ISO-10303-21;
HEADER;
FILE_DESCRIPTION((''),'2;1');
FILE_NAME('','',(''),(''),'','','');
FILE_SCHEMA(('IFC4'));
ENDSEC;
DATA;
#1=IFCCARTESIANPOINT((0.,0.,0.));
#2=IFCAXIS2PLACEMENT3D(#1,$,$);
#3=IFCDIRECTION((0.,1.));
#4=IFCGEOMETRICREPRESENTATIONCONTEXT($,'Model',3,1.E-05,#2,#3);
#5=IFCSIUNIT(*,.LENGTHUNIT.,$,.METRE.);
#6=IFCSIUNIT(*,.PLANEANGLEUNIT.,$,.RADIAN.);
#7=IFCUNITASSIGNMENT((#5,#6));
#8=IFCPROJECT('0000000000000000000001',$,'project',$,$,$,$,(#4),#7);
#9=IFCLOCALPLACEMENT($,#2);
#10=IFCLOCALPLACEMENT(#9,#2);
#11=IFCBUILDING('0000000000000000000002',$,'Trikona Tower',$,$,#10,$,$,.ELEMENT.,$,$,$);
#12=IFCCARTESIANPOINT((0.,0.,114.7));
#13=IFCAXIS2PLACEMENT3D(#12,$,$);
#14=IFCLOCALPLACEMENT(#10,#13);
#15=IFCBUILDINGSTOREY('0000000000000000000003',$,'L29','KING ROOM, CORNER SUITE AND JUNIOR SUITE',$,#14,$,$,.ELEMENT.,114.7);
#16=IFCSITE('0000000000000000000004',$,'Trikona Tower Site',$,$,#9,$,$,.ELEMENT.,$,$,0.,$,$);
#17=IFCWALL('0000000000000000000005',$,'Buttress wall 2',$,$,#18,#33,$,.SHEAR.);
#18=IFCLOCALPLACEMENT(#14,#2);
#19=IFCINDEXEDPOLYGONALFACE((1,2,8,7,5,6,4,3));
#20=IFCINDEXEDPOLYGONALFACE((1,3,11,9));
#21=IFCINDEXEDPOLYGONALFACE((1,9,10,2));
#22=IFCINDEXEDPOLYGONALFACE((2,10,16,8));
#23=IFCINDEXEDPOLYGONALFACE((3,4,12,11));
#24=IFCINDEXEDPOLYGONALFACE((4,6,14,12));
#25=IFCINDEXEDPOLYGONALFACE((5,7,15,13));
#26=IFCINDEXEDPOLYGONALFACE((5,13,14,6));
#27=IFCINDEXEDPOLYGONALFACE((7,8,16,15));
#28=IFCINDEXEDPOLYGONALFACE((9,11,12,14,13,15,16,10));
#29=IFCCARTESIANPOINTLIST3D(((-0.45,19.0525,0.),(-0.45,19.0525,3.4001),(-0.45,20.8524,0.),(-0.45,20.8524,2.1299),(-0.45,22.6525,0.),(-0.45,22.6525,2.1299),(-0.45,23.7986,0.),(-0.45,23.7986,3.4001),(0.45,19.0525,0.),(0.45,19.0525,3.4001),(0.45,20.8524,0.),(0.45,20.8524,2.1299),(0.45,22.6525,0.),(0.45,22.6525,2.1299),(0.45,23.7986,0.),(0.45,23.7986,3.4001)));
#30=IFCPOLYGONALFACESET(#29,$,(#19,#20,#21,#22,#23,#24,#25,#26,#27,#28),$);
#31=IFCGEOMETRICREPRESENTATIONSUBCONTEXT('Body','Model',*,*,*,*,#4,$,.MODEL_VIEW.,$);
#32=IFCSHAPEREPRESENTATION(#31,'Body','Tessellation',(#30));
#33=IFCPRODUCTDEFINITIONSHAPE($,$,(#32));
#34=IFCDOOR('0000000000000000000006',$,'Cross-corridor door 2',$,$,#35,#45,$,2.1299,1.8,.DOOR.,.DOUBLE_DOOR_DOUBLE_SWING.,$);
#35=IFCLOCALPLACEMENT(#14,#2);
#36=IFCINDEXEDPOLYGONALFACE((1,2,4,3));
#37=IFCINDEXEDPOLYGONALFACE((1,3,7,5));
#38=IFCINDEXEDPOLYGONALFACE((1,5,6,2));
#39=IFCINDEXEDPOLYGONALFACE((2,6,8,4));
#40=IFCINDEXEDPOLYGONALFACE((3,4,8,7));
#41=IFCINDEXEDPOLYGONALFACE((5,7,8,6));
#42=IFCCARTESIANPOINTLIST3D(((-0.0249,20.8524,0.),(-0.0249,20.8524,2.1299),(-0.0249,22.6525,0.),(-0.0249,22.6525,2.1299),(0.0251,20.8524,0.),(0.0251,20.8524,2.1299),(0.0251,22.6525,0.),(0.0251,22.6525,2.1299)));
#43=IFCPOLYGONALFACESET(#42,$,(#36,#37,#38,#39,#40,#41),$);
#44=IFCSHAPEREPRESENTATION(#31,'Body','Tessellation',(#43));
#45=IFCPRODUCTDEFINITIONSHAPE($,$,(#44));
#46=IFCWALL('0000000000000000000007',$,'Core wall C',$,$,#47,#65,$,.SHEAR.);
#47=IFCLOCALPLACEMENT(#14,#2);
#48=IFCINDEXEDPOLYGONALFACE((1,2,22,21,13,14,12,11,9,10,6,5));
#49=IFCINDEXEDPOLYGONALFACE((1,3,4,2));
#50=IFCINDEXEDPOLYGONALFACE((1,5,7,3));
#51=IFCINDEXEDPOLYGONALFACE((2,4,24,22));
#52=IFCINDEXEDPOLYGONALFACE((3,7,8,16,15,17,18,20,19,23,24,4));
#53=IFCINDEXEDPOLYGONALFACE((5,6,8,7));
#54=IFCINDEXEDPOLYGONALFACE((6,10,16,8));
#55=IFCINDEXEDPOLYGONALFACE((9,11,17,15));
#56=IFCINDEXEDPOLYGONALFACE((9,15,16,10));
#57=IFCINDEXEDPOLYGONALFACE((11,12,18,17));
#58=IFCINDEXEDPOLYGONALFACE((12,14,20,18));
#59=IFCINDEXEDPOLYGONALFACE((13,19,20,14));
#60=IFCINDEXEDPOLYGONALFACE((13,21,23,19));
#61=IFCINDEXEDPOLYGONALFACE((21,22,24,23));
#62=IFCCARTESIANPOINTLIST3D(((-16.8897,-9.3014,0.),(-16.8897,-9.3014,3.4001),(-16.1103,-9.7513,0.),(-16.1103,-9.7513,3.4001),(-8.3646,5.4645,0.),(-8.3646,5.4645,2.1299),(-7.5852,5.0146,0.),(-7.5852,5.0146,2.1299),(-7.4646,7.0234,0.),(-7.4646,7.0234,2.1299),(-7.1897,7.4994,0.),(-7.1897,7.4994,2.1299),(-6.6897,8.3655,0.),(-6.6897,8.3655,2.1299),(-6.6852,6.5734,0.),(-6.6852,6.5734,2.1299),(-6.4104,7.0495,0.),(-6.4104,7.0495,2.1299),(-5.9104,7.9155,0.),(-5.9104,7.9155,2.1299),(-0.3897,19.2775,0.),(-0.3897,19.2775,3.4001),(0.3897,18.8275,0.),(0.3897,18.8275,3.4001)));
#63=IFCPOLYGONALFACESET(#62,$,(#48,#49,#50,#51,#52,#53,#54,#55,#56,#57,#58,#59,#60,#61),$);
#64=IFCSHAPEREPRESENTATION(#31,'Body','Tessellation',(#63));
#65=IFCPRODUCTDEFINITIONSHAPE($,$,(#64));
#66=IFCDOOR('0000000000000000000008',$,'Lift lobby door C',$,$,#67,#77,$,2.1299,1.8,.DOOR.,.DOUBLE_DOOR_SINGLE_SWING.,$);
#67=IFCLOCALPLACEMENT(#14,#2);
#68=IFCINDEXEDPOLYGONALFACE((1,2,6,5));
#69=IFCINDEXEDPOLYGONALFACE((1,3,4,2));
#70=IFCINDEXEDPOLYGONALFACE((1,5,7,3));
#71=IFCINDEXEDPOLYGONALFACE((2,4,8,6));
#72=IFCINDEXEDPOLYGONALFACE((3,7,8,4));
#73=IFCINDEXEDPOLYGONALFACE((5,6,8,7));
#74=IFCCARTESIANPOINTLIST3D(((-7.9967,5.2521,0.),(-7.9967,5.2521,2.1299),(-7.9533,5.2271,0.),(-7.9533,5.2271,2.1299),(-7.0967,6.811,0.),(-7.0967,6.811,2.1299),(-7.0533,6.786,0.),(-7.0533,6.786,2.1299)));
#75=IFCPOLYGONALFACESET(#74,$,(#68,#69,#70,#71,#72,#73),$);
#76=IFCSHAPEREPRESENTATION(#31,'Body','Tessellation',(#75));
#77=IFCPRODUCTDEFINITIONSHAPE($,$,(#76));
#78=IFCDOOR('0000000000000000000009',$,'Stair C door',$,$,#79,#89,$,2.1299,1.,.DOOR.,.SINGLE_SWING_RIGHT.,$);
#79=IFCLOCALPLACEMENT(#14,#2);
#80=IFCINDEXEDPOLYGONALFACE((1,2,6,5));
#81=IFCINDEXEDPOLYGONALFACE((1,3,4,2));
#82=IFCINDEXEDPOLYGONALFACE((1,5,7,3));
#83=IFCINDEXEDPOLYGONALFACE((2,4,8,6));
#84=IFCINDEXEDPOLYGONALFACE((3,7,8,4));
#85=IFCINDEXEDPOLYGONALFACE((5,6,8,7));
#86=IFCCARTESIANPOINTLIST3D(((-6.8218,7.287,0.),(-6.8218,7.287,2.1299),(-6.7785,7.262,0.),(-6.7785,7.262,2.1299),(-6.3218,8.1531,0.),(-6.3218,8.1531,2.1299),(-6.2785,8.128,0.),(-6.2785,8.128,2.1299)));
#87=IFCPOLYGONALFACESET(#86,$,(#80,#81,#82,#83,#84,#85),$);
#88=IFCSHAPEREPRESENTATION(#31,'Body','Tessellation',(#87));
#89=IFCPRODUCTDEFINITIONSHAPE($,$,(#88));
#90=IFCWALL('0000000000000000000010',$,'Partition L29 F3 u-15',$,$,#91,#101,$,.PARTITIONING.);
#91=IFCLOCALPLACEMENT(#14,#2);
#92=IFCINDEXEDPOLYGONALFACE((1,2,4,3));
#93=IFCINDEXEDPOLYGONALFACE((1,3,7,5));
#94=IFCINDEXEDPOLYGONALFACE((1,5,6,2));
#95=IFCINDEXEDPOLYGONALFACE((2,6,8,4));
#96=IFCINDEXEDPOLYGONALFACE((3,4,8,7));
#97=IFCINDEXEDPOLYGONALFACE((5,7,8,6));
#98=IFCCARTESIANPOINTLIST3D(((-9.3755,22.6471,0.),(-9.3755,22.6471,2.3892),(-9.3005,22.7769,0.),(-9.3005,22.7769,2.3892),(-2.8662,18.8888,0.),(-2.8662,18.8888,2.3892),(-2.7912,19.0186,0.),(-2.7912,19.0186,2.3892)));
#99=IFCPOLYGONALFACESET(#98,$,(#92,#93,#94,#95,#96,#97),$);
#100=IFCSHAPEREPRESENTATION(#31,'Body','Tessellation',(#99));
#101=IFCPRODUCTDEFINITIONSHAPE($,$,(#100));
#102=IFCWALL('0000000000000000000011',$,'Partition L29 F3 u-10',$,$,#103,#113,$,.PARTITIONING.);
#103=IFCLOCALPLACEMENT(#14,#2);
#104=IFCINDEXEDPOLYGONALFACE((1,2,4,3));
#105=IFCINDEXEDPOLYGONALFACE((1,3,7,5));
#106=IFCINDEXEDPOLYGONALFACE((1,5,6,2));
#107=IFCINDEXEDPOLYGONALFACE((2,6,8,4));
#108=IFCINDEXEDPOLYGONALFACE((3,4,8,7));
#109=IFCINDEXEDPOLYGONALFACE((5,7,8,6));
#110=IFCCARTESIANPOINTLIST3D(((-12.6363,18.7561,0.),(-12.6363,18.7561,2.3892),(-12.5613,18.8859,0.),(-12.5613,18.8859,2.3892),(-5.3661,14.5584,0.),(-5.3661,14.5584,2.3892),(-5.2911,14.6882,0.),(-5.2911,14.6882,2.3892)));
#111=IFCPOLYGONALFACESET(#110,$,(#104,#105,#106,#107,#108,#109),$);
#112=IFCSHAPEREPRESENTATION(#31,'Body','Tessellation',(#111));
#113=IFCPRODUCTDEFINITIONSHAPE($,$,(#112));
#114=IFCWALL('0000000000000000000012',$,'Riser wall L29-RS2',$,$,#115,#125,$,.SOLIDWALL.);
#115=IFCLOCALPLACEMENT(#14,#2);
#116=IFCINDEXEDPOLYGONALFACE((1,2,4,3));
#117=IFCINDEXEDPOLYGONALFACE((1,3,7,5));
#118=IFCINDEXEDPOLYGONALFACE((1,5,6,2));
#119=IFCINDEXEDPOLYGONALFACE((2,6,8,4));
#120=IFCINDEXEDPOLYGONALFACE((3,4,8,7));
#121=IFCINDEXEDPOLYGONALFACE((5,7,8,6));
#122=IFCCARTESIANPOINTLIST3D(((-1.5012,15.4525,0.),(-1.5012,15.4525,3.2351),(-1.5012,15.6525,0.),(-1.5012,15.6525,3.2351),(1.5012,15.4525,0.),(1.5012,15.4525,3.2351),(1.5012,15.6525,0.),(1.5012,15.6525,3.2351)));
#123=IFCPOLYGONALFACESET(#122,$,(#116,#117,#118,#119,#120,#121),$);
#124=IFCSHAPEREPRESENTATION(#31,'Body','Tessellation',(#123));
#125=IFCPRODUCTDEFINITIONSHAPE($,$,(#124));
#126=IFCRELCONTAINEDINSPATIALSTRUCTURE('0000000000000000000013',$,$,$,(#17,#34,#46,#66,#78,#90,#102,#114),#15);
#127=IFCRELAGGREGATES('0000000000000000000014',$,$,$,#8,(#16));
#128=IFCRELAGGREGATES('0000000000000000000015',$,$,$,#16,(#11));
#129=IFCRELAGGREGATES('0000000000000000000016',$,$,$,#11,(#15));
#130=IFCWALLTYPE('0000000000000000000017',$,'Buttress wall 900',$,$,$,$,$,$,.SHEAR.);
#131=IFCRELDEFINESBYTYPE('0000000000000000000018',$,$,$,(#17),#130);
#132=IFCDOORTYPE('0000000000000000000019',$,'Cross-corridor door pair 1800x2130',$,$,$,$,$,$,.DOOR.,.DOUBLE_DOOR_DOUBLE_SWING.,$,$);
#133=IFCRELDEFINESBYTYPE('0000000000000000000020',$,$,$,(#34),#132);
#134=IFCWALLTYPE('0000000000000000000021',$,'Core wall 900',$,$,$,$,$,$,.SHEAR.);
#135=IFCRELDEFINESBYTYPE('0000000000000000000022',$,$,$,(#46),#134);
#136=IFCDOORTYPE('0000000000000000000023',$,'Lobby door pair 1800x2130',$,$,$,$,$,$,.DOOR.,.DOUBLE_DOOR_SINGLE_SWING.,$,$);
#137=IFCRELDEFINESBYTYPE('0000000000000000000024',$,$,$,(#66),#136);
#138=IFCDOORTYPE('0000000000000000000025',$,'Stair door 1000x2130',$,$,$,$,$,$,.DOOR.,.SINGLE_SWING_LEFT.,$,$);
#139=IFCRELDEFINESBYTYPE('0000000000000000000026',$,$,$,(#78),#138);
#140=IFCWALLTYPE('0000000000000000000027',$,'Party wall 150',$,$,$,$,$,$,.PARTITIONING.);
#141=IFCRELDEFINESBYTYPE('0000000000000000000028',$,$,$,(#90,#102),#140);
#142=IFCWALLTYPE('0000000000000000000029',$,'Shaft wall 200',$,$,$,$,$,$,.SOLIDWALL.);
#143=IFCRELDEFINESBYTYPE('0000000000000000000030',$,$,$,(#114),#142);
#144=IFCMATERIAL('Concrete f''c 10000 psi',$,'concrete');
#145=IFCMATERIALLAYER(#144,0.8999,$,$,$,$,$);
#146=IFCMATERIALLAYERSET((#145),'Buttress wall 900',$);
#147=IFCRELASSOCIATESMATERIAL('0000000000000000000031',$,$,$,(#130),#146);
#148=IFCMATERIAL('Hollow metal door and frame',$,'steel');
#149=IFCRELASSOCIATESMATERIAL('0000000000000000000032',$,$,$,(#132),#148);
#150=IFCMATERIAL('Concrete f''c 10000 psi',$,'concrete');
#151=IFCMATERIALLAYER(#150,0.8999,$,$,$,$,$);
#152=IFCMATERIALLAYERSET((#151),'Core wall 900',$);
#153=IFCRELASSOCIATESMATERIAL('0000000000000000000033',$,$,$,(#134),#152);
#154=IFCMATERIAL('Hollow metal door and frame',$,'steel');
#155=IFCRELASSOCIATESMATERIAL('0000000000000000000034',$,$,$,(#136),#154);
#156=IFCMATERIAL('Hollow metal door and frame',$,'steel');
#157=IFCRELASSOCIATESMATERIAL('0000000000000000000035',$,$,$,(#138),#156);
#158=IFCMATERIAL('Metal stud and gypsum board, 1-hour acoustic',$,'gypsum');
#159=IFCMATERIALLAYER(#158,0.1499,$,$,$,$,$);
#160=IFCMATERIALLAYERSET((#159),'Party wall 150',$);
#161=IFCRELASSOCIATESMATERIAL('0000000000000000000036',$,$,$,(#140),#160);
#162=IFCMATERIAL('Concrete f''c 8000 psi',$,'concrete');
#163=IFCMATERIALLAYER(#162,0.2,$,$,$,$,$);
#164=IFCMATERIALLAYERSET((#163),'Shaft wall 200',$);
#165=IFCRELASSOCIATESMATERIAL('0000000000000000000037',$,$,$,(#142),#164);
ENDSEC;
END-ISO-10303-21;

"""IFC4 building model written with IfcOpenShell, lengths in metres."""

from ifc_helpers import new_model, si_unit, direction, frame, frame_2d, origin, place, context, subcontext, project, spatial, rectangle, extrude, material, layer, layer_set, type_object, element, fill, save


model = new_model("IFC4")

# Units and contexts
model_context = context("Model", 3, precision=1e-05, world=origin(), true_north=direction((0.0, 1.0)))
body_context = subcontext(model_context, "Body", "Model", "MODEL_VIEW")
ifc_project = project(units=[si_unit("LENGTHUNIT", "METRE"), si_unit("PLANEANGLEUNIT", "RADIAN")], contexts=[model_context])

# Site, building, storey
site_placement = place(None, origin())
site = spatial("IfcSite", under=ifc_project, at=site_placement, Name="Trikona Tower Site", CompositionType="ELEMENT", RefElevation=0.0)
building_placement = place(site_placement, origin())
building = spatial("IfcBuilding", under=site, at=building_placement, Name="Trikona Tower", CompositionType="ELEMENT")
storey_placement = place(building_placement, frame((0.0, 0.0, 114.7)))
storey = spatial("IfcBuildingStorey", under=building, at=storey_placement, Name="L29", Description="KING ROOM, CORNER SUITE AND JUNIOR SUITE", CompositionType="ELEMENT", Elevation=114.7)

# Wall, opening, door
ifc_material_1 = material(Name="Concrete f'c 10000 psi", Category="concrete")
ifc_layer_1 = layer(ifc_material_1, 0.8999)
ifc_layer_set_1 = layer_set([ifc_layer_1], Name="Buttress wall 900")
wall_type_1 = type_object("IfcWallType", Name="Buttress wall 900", PredefinedType="SHEAR", material=ifc_layer_set_1)
wall_1_placement = place(storey_placement, frame((0.0, 19.0525, 0.0), z_axis=(0.0, 0.0, 1.0), x_axis=(0.0, 1.0, 0.0)))
wall_1 = element("IfcWall", 1, at=wall_1_placement, inside=storey, type_object=wall_type_1, Name="Buttress wall 2", PredefinedType="SHEAR", context=body_context, shape_type="SweptSolid", body=[
    extrude(rectangle(XDim=4.7461, YDim=0.8999, at=frame_2d((2.373, 0.0))), origin(), (0.0, 0.0, 1.0), 3.4001),
])
opening_1_placement = place(wall_1_placement, frame((1.8, 0.0, 0.0)))
opening_1 = element("IfcOpeningElement", 2, at=opening_1_placement, cuts=wall_1, PredefinedType="OPENING", context=body_context, shape_type="SweptSolid", body=[
    extrude(rectangle(XDim=1.8, YDim=2.1299, at=frame_2d((0.8999, 1.0649))), frame((0.0, 0.46, 0.0), z_axis=(0.0, -1.0, 0.0), x_axis=(1.0, 0.0, 0.0)), (0.0, 0.0, 1.0), 0.9199),
])
ifc_material_2 = material(Name="Hollow metal door and frame", Category="steel")
door_type_1 = type_object("IfcDoorType", Name="Cross-corridor door pair 1800x2130", OperationType="DOUBLE_DOOR_DOUBLE_SWING", PredefinedType="DOOR", material=ifc_material_2)
door_1_placement = place(opening_1_placement, origin())
door_1 = element("IfcDoor", 3, at=door_1_placement, inside=storey, type_object=door_type_1, Name="Cross-corridor door 2", OperationType="DOUBLE_DOOR_DOUBLE_SWING", OverallHeight=2.1299, OverallWidth=1.8, PredefinedType="DOOR", context=body_context, shape_type="SweptSolid", body=[
    extrude(rectangle(XDim=1.8, YDim=2.1299, at=frame_2d((0.8999, 1.0649))), frame((0.0, 0.0249, 0.0), z_axis=(0.0, -1.0, 0.0), x_axis=(1.0, 0.0, 0.0)), (0.0, 0.0, 1.0), 0.05),
])
fill(opening_1, door_1)

# Wall, openings, doors
ifc_material_3 = material(Name="Concrete f'c 10000 psi", Category="concrete")
ifc_layer_2 = layer(ifc_material_3, 0.8999)
ifc_layer_set_2 = layer_set([ifc_layer_2], Name="Core wall 900")
wall_type_2 = type_object("IfcWallType", Name="Core wall 900", PredefinedType="SHEAR", material=ifc_layer_set_2)
wall_2_placement = place(storey_placement, frame((0.0, 19.0525, 0.0), z_axis=(0.0, 0.0, 1.0), x_axis=(-0.5, -0.866026, 0.0)))
wall_2 = element("IfcWall", 4, at=wall_2_placement, inside=storey, type_object=wall_type_2, Name="Core wall C", PredefinedType="SHEAR", context=body_context, shape_type="SweptSolid", body=[
    extrude(rectangle(XDim=33.0, YDim=0.8999, at=frame_2d((16.5, 0.0))), origin(), (0.0, 0.0, 1.0), 3.4001),
])
opening_2_placement = place(wall_2_placement, frame((14.1499, 0.0, 0.0)))
opening_2 = element("IfcOpeningElement", 5, at=opening_2_placement, cuts=wall_2, PredefinedType="OPENING", context=body_context, shape_type="SweptSolid", body=[
    extrude(rectangle(XDim=1.8, YDim=2.1299, at=frame_2d((0.8999, 1.0649))), frame((0.0, 0.46, 0.0), z_axis=(0.0, -1.0, 0.0), x_axis=(1.0, 0.0, 0.0)), (0.0, 0.0, 1.0), 0.9199),
])
opening_3_placement = place(wall_2_placement, frame((12.6001, 0.0, 0.0)))
opening_3 = element("IfcOpeningElement", 6, at=opening_3_placement, cuts=wall_2, PredefinedType="OPENING", context=body_context, shape_type="SweptSolid", body=[
    extrude(rectangle(XDim=1.0, YDim=2.1299, at=frame_2d((0.5, 1.0649))), frame((0.0, 0.46, 0.0), z_axis=(0.0, -1.0, 0.0), x_axis=(1.0, 0.0, 0.0)), (0.0, 0.0, 1.0), 0.9199),
])
ifc_material_4 = material(Name="Hollow metal door and frame", Category="steel")
door_type_2 = type_object("IfcDoorType", Name="Lobby door pair 1800x2130", OperationType="DOUBLE_DOOR_SINGLE_SWING", PredefinedType="DOOR", material=ifc_material_4)
door_2_placement = place(opening_2_placement, origin())
door_2 = element("IfcDoor", 7, at=door_2_placement, inside=storey, type_object=door_type_2, Name="Lift lobby door C", OperationType="DOUBLE_DOOR_SINGLE_SWING", OverallHeight=2.1299, OverallWidth=1.8, PredefinedType="DOOR", context=body_context, shape_type="SweptSolid", body=[
    extrude(rectangle(XDim=1.8, YDim=2.1299, at=frame_2d((0.8999, 1.0649))), frame((0.0, 0.0249, 0.0), z_axis=(0.0, -1.0, 0.0), x_axis=(1.0, 0.0, 0.0)), (0.0, 0.0, 1.0), 0.05),
])
fill(opening_2, door_2)
ifc_material_5 = material(Name="Hollow metal door and frame", Category="steel")
door_type_3 = type_object("IfcDoorType", Name="Stair door 1000x2130", OperationType="SINGLE_SWING_LEFT", PredefinedType="DOOR", material=ifc_material_5)
door_3_placement = place(opening_3_placement, origin())
door_3 = element("IfcDoor", 8, at=door_3_placement, inside=storey, type_object=door_type_3, Name="Stair C door", OperationType="SINGLE_SWING_RIGHT", OverallHeight=2.1299, OverallWidth=1.0, PredefinedType="DOOR", context=body_context, shape_type="SweptSolid", body=[
    extrude(rectangle(XDim=1.0, YDim=2.1299, at=frame_2d((0.5, 1.0649))), frame((0.0, 0.0249, 0.0), z_axis=(0.0, -1.0, 0.0), x_axis=(1.0, 0.0, 0.0)), (0.0, 0.0, 1.0), 0.05),
])
fill(opening_3, door_3)

# Walls
ifc_material_6 = material(Name="Metal stud and gypsum board, 1-hour acoustic", Category="gypsum")
ifc_layer_3 = layer(ifc_material_6, 0.1499)
ifc_layer_set_3 = layer_set([ifc_layer_3], Name="Party wall 150")
wall_type_3 = type_object("IfcWallType", Name="Party wall 150", PredefinedType="PARTITIONING", material=ifc_layer_set_3)
wall_3_placement = place(storey_placement, frame((-2.8286, 18.9536, 0.0), z_axis=(0.0, 0.0, 1.0), x_axis=(-0.866016, 0.500017, 0.0)))
element("IfcWall", 9, at=wall_3_placement, inside=storey, type_object=wall_type_3, Name="Partition L29 F3 u-15", PredefinedType="PARTITIONING", context=body_context, shape_type="SweptSolid", body=[
    extrude(rectangle(XDim=7.5164, YDim=0.1499, at=frame_2d((3.7583, 0.0))), origin(), (0.0, 0.0, 1.0), 2.3892),
])
wall_4_placement = place(storey_placement, frame((-5.3286, 14.6233, 0.0), z_axis=(0.0, 0.0, 1.0), x_axis=(-0.866012, 0.500024, 0.0)))
element("IfcWall", 10, at=wall_4_placement, inside=storey, type_object=wall_type_3, Name="Partition L29 F3 u-10", PredefinedType="PARTITIONING", context=body_context, shape_type="SweptSolid", body=[
    extrude(rectangle(XDim=8.395, YDim=0.1499, at=frame_2d((4.1975, 0.0))), origin(), (0.0, 0.0, 1.0), 2.3892),
])
ifc_material_7 = material(Name="Concrete f'c 8000 psi", Category="concrete")
ifc_layer_4 = layer(ifc_material_7, 0.2)
ifc_layer_set_4 = layer_set([ifc_layer_4], Name="Shaft wall 200")
wall_type_4 = type_object("IfcWallType", Name="Shaft wall 200", PredefinedType="SOLIDWALL", material=ifc_layer_set_4)
wall_5_placement = place(storey_placement, frame((-1.5012, 15.5525, 0.0), z_axis=(0.0, 0.0, 1.0), x_axis=(1.0, 0.0, 0.0)))
element("IfcWall", 11, at=wall_5_placement, inside=storey, type_object=wall_type_4, Name="Riser wall L29-RS2", PredefinedType="SOLIDWALL", context=body_context, shape_type="SweptSolid", body=[
    extrude(rectangle(XDim=3.0024, YDim=0.2, at=frame_2d((1.5012, 0.0))), origin(), (0.0, 0.0, 1.0), 3.2351),
])

save(model, "model.ifc")
